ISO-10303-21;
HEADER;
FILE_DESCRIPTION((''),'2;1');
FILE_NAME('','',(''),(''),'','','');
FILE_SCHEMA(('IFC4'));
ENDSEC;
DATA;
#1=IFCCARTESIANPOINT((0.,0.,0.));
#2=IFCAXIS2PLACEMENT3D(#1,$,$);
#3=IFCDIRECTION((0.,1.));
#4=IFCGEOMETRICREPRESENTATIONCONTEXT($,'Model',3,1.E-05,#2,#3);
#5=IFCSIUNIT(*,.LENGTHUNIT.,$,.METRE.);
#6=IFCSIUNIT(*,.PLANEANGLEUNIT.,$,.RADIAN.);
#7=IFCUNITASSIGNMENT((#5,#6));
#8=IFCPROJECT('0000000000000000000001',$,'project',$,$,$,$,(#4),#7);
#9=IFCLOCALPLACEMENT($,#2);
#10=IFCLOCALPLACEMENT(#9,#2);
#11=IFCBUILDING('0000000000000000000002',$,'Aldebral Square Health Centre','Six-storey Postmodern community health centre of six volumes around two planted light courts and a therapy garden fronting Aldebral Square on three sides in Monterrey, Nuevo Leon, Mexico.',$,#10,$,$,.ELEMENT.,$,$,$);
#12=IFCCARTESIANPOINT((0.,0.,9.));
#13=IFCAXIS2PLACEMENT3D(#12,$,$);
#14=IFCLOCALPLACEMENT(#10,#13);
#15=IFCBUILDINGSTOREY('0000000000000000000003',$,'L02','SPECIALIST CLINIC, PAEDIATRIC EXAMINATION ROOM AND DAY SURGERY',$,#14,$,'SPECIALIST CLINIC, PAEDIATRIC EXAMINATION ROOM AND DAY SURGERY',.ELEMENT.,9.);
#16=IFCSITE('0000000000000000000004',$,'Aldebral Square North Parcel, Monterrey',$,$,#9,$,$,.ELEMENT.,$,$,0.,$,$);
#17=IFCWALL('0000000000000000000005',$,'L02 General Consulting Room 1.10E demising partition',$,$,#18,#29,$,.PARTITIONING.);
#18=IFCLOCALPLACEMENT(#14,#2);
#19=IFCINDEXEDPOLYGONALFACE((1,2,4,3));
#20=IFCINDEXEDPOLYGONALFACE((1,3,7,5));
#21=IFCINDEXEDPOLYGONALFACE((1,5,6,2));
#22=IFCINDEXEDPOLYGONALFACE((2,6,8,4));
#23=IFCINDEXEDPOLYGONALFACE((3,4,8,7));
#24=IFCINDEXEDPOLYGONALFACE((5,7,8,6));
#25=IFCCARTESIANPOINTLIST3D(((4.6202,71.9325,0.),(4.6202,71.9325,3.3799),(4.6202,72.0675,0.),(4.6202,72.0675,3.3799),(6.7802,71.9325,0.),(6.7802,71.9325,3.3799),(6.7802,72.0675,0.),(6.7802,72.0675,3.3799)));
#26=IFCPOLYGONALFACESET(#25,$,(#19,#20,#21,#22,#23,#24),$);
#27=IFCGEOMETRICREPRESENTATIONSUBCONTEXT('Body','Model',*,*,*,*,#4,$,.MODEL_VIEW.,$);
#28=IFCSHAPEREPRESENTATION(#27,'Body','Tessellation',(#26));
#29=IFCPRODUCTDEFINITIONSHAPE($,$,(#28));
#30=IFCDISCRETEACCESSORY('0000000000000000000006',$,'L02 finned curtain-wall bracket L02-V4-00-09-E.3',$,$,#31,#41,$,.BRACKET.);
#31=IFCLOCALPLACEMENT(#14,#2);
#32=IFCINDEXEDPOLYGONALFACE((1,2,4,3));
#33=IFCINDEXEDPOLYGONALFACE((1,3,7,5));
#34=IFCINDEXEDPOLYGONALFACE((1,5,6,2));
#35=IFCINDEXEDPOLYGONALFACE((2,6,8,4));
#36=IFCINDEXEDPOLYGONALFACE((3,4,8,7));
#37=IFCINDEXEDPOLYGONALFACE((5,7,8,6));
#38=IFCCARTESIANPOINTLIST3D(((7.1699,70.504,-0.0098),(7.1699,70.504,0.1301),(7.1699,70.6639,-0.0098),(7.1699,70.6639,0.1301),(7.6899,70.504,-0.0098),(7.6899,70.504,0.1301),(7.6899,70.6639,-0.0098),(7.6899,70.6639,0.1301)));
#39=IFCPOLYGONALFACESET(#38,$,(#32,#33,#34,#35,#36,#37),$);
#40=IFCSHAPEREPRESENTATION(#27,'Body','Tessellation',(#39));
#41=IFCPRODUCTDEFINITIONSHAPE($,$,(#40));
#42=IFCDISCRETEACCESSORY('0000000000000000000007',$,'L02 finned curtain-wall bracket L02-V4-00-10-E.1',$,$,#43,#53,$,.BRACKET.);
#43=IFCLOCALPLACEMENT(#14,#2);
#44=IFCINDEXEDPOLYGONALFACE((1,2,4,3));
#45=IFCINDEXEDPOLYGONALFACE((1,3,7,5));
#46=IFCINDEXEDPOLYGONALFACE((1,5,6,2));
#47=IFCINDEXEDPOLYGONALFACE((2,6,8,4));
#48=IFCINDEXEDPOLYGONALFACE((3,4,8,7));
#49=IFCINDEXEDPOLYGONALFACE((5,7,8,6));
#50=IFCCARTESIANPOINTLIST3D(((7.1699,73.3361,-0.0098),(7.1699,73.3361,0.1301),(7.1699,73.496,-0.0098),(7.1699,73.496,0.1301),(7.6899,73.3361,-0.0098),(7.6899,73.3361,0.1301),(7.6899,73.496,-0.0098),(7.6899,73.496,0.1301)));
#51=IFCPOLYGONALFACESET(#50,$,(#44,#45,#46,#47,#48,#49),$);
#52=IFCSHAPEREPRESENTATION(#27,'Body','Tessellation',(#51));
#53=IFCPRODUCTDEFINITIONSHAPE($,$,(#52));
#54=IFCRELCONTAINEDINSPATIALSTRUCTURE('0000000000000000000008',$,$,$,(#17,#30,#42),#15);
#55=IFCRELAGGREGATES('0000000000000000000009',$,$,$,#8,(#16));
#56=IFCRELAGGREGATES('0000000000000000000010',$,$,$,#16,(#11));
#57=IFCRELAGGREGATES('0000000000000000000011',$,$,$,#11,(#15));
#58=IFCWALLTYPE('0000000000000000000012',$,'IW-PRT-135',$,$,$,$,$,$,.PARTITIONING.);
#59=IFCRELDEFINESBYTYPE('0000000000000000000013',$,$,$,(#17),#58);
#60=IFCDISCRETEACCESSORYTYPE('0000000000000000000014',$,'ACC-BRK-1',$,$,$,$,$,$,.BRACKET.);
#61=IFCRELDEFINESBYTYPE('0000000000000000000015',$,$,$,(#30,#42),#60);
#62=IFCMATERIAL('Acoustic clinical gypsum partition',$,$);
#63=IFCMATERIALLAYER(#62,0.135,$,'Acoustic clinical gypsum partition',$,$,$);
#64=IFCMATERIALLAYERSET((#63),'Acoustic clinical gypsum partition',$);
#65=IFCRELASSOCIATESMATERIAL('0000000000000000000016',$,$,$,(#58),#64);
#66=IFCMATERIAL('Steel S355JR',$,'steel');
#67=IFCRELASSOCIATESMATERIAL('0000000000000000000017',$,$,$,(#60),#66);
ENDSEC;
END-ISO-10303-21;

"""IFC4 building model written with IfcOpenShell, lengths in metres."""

from ifc_helpers import new_model, si_unit, direction, frame, frame_2d, origin, origin_2d, place, context, subcontext, project, spatial, rectangle, extrude, material, layer, layer_set, type_object, element, save


model = new_model("IFC4")

# Units and contexts
model_context = context("Model", 3, precision=1e-05, world=origin(), true_north=direction((0.0, 1.0)))
body_context = subcontext(model_context, "Body", "Model", "MODEL_VIEW")
ifc_project = project(units=[si_unit("LENGTHUNIT", "METRE"), si_unit("PLANEANGLEUNIT", "RADIAN")], contexts=[model_context])

# Site, building, storey
site_placement = place(None, origin())
site = spatial("IfcSite", under=ifc_project, at=site_placement, Name="Aldebral Square North Parcel, Monterrey", CompositionType="ELEMENT", RefElevation=0.0)
building_placement = place(site_placement, origin())
building = spatial("IfcBuilding", under=site, at=building_placement, Name="Aldebral Square Health Centre", Description="Six-storey Postmodern community health centre of six volumes around two planted light courts and a therapy garden fronting Aldebral Square on three sides in Monterrey, Nuevo Leon, Mexico.", CompositionType="ELEMENT")
storey_placement = place(building_placement, frame((0.0, 0.0, 9.0)))
storey = spatial("IfcBuildingStorey", under=building, at=storey_placement, Name="L02", Description="SPECIALIST CLINIC, PAEDIATRIC EXAMINATION ROOM AND DAY SURGERY", LongName="SPECIALIST CLINIC, PAEDIATRIC EXAMINATION ROOM AND DAY SURGERY", CompositionType="ELEMENT", Elevation=9.0)

# Wall
ifc_material_1 = material(Name="Acoustic clinical gypsum partition")
ifc_layer_1 = layer(ifc_material_1, 0.135, Name="Acoustic clinical gypsum partition")
ifc_layer_set_1 = layer_set([ifc_layer_1], Name="Acoustic clinical gypsum partition")
wall_type_1 = type_object("IfcWallType", Name="IW-PRT-135", PredefinedType="PARTITIONING", material=ifc_layer_set_1)
wall_1_placement = place(storey_placement, frame((4.6201, 72.0, 0.0), z_axis=(0.0, 0.0, 1.0), x_axis=(1.0, 0.0, 0.0)))
element("IfcWall", 1, at=wall_1_placement, inside=storey, type_object=wall_type_1, Name="L02 General Consulting Room 1.10E demising partition", PredefinedType="PARTITIONING", context=body_context, shape_type="SweptSolid", body=[
    extrude(rectangle(XDim=2.1599, YDim=0.135, at=frame_2d((1.0801, 0.0))), origin(), (0.0, 0.0, 1.0), 3.3799),
])

# Discrete accessories
ifc_material_2 = material(Name="Steel S355JR", Category="steel")
discrete_accessory_type = type_object("IfcDiscreteAccessoryType", Name="ACC-BRK-1", PredefinedType="BRACKET", material=ifc_material_2)
for number, where, z_axis, x_axis, name in (
    (2, (7.4299, 70.584, -0.0098), (0.0, 0.0, 1.0), (0.0, 1.0, 0.0), "L02 finned curtain-wall bracket L02-V4-00-09-E.3"),
    (3, (7.4299, 73.416, -0.0098), (0.0, 0.0, 1.0), (0.0, 1.0, 0.0), "L02 finned curtain-wall bracket L02-V4-00-10-E.1"),
):
    element("IfcDiscreteAccessory", number, at=place(storey_placement, frame(where, z_axis=z_axis, x_axis=x_axis)), inside=storey, type_object=discrete_accessory_type, Name=name, PredefinedType="BRACKET", context=body_context, shape_type="SweptSolid", body=[
        extrude(rectangle(XDim=0.1599, YDim=0.52, at=origin_2d()), origin(), (0.0, 0.0, 1.0), 0.1399),
    ])

save(model, "model.ifc")
